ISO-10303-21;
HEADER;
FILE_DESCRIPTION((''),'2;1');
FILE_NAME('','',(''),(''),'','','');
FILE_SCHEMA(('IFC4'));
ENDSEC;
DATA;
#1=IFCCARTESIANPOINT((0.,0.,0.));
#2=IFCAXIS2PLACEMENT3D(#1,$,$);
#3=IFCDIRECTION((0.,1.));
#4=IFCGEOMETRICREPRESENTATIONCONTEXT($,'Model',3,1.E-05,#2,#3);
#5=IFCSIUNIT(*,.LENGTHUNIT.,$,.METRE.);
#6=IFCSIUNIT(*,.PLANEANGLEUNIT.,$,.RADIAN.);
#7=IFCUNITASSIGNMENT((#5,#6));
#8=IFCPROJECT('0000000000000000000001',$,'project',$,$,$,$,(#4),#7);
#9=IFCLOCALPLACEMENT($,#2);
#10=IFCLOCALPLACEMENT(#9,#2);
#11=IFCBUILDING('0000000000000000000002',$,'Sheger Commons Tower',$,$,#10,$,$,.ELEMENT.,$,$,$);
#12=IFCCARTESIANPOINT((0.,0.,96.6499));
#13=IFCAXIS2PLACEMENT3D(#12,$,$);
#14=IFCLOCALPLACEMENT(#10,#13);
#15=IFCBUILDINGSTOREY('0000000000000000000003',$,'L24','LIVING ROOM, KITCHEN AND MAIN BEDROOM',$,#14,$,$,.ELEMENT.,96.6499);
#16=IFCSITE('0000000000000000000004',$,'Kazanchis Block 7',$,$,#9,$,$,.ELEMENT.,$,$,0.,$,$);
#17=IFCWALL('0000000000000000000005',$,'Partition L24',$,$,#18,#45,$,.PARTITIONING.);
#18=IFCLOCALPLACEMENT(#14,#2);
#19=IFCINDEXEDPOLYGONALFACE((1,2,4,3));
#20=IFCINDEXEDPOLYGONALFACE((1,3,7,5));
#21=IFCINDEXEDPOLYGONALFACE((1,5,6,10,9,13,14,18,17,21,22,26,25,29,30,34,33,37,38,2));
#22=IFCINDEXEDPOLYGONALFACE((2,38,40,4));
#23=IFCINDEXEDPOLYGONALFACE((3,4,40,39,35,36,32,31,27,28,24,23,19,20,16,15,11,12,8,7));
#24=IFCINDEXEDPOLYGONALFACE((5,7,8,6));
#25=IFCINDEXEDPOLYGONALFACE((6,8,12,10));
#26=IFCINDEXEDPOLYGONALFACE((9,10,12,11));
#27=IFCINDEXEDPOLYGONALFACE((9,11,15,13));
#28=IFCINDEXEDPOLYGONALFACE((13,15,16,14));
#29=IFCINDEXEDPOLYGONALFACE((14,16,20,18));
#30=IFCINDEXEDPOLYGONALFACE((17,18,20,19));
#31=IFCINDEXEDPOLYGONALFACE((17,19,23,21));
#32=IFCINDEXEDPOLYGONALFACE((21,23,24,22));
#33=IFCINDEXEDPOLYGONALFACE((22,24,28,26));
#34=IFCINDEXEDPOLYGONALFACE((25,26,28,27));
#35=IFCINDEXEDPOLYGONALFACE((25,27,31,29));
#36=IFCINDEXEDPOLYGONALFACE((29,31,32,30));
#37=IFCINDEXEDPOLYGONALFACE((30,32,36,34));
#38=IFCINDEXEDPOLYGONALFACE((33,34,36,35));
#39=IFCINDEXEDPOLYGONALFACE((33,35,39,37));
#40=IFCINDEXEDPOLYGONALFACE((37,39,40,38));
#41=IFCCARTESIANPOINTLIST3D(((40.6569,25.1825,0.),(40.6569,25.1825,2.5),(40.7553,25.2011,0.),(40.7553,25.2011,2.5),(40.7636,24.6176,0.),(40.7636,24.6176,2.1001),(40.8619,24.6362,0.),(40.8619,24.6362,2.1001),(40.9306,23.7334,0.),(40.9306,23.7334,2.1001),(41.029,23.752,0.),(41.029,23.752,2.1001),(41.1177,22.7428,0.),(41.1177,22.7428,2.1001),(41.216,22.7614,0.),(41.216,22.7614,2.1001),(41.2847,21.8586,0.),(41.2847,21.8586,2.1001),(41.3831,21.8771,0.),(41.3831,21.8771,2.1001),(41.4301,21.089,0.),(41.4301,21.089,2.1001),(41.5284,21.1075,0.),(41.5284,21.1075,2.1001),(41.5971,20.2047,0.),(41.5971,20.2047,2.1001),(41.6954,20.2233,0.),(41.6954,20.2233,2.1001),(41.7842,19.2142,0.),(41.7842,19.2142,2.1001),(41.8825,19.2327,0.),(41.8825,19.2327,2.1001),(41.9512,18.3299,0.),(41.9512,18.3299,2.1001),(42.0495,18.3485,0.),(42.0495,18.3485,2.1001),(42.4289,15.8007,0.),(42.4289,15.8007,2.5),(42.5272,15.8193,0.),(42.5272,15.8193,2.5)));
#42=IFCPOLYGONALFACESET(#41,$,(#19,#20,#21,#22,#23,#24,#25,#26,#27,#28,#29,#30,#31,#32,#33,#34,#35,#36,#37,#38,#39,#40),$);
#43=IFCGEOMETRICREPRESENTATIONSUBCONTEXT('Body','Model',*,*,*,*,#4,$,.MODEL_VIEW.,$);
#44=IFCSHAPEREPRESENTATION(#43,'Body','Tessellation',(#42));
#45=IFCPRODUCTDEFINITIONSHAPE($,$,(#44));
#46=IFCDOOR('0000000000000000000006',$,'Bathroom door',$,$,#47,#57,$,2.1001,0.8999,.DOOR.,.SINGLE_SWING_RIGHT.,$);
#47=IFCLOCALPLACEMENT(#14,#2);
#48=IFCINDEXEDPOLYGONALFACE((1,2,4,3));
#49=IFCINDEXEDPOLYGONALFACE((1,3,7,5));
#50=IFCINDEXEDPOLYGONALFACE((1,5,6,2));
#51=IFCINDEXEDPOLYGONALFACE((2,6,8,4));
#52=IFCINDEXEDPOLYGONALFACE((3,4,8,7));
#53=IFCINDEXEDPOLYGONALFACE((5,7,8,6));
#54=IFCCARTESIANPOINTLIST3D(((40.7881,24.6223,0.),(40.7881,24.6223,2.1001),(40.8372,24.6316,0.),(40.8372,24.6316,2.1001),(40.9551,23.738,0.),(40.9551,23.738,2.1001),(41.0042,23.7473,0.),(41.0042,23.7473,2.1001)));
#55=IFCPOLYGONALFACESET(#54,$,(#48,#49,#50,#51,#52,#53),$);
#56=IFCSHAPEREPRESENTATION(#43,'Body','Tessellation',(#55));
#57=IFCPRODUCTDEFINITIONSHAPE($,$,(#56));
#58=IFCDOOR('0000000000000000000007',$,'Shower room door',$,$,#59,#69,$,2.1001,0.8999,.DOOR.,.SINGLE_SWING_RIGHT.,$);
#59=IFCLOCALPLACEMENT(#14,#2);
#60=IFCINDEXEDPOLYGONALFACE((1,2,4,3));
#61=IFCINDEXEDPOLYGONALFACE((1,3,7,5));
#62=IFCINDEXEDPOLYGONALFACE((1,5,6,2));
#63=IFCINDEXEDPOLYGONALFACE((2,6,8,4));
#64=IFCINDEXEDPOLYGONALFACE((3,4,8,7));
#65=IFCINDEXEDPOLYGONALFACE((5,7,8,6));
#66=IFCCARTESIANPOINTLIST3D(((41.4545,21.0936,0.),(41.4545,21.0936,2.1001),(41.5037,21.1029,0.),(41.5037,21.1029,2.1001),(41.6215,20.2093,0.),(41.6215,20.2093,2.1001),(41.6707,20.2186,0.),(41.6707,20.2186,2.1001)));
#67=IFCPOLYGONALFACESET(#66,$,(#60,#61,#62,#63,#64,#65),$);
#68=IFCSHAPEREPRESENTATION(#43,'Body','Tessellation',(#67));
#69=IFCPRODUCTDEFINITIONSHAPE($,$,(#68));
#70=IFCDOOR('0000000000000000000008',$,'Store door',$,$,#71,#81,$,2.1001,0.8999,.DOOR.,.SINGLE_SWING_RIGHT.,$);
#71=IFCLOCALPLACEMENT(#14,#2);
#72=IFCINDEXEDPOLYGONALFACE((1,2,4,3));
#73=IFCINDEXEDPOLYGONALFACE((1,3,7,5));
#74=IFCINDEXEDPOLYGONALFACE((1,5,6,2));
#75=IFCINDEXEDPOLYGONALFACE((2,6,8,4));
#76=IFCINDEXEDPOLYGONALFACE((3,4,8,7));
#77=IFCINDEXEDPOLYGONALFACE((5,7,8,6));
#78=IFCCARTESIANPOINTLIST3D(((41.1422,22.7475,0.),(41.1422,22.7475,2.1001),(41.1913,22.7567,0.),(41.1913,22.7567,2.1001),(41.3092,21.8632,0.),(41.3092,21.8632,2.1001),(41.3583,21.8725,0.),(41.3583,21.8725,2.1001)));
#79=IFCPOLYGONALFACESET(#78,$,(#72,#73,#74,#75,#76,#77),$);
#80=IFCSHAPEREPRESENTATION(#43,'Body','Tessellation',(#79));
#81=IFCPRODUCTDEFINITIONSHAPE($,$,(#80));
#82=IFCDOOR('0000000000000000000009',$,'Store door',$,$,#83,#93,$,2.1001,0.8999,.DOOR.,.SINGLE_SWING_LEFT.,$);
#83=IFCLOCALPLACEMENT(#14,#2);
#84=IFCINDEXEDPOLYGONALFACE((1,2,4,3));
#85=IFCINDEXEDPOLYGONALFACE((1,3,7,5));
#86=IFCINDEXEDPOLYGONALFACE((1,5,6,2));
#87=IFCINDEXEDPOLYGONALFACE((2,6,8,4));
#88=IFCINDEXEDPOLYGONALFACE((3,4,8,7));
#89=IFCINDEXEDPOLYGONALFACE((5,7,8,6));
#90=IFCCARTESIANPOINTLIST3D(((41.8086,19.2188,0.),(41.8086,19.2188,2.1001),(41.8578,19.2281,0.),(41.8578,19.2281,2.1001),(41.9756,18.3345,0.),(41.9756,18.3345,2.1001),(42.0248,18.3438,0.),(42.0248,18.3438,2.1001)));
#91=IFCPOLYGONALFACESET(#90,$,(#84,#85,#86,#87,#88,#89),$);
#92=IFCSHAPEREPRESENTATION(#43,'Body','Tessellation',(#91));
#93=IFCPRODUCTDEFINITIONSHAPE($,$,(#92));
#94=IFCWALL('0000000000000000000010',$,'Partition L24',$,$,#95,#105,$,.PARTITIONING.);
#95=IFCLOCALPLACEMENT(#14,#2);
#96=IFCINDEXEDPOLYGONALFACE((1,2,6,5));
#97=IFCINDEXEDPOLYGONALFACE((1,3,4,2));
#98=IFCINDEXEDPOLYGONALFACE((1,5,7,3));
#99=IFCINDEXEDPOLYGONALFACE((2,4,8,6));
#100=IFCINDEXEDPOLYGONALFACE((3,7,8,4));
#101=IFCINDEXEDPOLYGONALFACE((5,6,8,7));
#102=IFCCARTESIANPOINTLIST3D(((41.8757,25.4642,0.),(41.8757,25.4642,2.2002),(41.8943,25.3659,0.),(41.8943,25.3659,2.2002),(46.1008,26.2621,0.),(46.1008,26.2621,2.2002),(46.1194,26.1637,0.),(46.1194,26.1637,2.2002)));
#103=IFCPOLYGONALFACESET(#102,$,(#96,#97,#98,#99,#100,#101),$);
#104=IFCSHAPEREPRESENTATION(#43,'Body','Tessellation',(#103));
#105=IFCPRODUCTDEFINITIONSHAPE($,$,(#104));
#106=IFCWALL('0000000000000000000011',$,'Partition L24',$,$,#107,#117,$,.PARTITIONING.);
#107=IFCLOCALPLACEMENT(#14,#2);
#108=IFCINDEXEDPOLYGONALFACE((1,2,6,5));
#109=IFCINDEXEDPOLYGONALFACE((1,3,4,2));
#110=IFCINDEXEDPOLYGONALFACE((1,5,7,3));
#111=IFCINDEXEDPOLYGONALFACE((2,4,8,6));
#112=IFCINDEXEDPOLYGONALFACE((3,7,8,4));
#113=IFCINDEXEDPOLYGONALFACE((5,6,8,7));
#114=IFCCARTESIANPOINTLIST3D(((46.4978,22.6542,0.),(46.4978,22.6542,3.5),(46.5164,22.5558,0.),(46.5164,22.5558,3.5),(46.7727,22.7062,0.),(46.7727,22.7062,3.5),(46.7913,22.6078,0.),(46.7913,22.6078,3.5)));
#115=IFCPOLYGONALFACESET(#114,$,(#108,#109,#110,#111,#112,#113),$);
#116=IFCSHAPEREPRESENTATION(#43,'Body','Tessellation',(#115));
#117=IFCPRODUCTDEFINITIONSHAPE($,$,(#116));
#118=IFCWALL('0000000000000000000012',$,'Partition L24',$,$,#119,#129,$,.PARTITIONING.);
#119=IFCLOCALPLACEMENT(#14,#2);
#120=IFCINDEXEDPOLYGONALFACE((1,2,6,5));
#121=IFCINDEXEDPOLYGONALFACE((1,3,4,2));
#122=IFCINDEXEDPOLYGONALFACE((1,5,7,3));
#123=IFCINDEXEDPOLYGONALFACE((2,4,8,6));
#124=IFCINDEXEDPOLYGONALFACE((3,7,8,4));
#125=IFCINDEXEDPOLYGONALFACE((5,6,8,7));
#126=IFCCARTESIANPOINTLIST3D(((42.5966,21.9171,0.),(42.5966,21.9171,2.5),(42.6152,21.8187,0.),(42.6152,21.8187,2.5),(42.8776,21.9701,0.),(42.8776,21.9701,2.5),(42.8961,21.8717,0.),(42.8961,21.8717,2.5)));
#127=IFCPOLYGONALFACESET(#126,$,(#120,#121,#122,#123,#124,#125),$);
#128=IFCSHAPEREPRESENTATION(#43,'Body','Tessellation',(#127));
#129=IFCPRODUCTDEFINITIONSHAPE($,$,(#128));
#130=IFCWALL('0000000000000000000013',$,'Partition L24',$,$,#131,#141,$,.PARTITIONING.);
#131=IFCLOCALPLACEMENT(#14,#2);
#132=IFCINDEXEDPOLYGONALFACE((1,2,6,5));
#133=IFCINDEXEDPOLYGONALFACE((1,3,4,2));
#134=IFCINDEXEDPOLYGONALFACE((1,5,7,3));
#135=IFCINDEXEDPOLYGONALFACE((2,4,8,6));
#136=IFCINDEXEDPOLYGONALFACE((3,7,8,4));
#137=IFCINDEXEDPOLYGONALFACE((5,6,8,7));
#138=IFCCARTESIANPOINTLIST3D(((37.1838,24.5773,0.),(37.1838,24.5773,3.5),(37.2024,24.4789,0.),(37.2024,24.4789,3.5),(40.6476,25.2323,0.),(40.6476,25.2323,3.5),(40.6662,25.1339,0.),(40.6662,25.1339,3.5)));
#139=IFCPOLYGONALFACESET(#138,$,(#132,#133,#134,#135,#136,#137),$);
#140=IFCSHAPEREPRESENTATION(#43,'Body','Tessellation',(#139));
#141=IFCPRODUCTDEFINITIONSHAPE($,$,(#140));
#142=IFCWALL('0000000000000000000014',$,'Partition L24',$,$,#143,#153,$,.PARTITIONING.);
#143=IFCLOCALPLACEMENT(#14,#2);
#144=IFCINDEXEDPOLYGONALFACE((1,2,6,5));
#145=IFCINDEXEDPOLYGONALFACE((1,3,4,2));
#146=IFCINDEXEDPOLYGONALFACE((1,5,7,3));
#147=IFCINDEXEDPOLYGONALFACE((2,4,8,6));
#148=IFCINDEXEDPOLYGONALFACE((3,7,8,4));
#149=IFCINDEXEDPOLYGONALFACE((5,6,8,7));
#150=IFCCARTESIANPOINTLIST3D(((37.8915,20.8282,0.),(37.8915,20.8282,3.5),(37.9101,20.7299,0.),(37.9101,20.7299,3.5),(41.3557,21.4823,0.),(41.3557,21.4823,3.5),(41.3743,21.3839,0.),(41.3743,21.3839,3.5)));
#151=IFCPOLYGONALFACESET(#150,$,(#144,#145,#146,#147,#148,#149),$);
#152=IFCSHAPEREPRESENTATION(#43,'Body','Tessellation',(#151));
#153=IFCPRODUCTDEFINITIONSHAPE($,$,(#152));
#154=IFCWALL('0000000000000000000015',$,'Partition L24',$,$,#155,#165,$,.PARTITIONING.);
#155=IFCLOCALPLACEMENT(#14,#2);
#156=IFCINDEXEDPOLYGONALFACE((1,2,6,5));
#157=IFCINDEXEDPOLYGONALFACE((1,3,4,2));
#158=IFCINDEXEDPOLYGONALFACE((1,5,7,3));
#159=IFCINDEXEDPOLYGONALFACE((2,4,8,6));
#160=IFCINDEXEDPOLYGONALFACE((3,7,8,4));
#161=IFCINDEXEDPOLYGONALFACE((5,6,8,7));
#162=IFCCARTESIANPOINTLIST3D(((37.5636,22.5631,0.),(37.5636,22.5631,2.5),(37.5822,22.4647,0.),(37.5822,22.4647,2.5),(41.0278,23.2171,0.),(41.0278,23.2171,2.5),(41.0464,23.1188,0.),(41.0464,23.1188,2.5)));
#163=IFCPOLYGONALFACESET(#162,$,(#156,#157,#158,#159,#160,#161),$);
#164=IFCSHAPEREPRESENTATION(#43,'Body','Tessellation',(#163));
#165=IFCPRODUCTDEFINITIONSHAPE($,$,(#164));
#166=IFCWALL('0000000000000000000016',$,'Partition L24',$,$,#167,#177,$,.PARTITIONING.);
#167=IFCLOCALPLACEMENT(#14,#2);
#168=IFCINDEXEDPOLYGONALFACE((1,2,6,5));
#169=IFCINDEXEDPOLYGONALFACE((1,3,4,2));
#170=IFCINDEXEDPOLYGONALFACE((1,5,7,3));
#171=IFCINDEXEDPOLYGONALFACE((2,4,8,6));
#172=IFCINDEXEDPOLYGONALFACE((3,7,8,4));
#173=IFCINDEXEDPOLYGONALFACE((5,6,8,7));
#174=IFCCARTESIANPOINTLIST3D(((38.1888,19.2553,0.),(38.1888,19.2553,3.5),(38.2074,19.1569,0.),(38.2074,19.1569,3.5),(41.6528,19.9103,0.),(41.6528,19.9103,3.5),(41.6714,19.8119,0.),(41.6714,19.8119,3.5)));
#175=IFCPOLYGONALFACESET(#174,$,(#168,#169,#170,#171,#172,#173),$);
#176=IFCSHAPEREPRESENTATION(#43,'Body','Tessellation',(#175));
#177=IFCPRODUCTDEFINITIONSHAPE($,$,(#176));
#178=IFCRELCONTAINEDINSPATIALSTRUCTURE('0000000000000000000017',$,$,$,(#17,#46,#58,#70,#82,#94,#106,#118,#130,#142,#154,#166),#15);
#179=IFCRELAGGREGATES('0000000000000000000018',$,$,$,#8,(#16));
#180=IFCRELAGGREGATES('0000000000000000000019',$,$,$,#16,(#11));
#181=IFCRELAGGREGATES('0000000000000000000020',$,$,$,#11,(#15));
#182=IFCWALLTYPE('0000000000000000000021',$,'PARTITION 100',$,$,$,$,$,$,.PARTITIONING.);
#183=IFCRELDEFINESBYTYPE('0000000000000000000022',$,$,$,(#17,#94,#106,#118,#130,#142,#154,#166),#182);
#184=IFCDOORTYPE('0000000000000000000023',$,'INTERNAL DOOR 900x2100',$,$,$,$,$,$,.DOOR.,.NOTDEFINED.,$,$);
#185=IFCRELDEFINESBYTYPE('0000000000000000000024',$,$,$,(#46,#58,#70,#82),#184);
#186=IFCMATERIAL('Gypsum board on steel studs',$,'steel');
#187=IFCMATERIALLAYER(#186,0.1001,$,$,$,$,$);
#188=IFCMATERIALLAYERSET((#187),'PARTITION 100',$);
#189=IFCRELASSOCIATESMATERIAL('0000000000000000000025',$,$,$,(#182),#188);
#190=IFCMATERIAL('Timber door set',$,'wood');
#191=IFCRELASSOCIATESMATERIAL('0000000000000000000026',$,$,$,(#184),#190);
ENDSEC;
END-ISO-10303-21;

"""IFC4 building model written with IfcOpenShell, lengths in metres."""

from ifc_helpers import new_model, si_unit, direction, frame, frame_2d, origin, place, context, subcontext, project, spatial, rectangle, extrude, material, layer, layer_set, type_object, element, fill, save


model = new_model("IFC4")

# Units and contexts
model_context = context("Model", 3, precision=1e-05, world=origin(), true_north=direction((0.0, 1.0)))
body_context = subcontext(model_context, "Body", "Model", "MODEL_VIEW")
ifc_project = project(units=[si_unit("LENGTHUNIT", "METRE"), si_unit("PLANEANGLEUNIT", "RADIAN")], contexts=[model_context])

# Site, building, storey
site_placement = place(None, origin())
site = spatial("IfcSite", under=ifc_project, at=site_placement, Name="Kazanchis Block 7", CompositionType="ELEMENT", RefElevation=0.0)
building_placement = place(site_placement, origin())
building = spatial("IfcBuilding", under=site, at=building_placement, Name="Sheger Commons Tower", CompositionType="ELEMENT")
storey_placement = place(building_placement, frame((0.0, 0.0, 96.6499)))
storey = spatial("IfcBuildingStorey", under=building, at=storey_placement, Name="L24", Description="LIVING ROOM, KITCHEN AND MAIN BEDROOM", CompositionType="ELEMENT", Elevation=96.6499)

# Wall, openings, doors
ifc_material_1 = material(Name="Gypsum board on steel studs", Category="steel")
ifc_layer = layer(ifc_material_1, 0.1001)
ifc_layer_set = layer_set([ifc_layer], Name="PARTITION 100")
wall_type = type_object("IfcWallType", Name="PARTITION 100", PredefinedType="PARTITIONING", material=ifc_layer_set)
ifc_material_2 = material(Name="Timber door set", Category="wood")
door_type = type_object("IfcDoorType", Name="INTERNAL DOOR 900x2100", OperationType="NOTDEFINED", PredefinedType="DOOR", material=ifc_material_2)
wall_1_placement = place(storey_placement, frame((40.7061, 25.1919, 0.0), z_axis=(0.0, 0.0, 1.0), x_axis=(0.185591, -0.982627, 0.0)))
wall_1 = element("IfcWall", 1, at=wall_1_placement, inside=storey, type_object=wall_type, Name="Partition L24", PredefinedType="PARTITIONING", context=body_context, shape_type="SweptSolid", body=[
    extrude(rectangle(XDim=9.5476, YDim=0.1001, at=frame_2d((4.7739, 0.0))), origin(), (0.0, 0.0, 1.0), 2.5),
])
opening_1_placement = place(wall_1_placement, frame((0.575, 0.0, 0.0)))
opening_1 = element("IfcOpeningElement", 2, at=opening_1_placement, cuts=wall_1, PredefinedType="OPENING", context=body_context, shape_type="SweptSolid", body=[
    extrude(rectangle(XDim=0.8999, YDim=2.1001, at=frame_2d((0.45, 1.05))), frame((0.0, 0.0601, 0.0), z_axis=(0.0, -1.0, 0.0), x_axis=(1.0, 0.0, 0.0)), (0.0, 0.0, 1.0), 0.1201),
])
opening_2_placement = place(wall_1_placement, frame((4.166, 0.0, 0.0)))
opening_2 = element("IfcOpeningElement", 3, at=opening_2_placement, cuts=wall_1, PredefinedType="OPENING", context=body_context, shape_type="SweptSolid", body=[
    extrude(rectangle(XDim=0.8999, YDim=2.1001, at=frame_2d((0.45, 1.05))), frame((0.0, 0.0601, 0.0), z_axis=(0.0, -1.0, 0.0), x_axis=(1.0, 0.0, 0.0)), (0.0, 0.0, 1.0), 0.1201),
])
opening_3_placement = place(wall_1_placement, frame((2.4829, 0.0, 0.0)))
opening_3 = element("IfcOpeningElement", 4, at=opening_3_placement, cuts=wall_1, PredefinedType="OPENING", context=body_context, shape_type="SweptSolid", body=[
    extrude(rectangle(XDim=0.8999, YDim=2.1001, at=frame_2d((0.45, 1.05))), frame((0.0, 0.0601, 0.0), z_axis=(0.0, -1.0, 0.0), x_axis=(1.0, 0.0, 0.0)), (0.0, 0.0, 1.0), 0.1201),
])
opening_4_placement = place(wall_1_placement, frame((6.074, 0.0, 0.0)))
opening_4 = element("IfcOpeningElement", 5, at=opening_4_placement, cuts=wall_1, PredefinedType="OPENING", context=body_context, shape_type="SweptSolid", body=[
    extrude(rectangle(XDim=0.8999, YDim=2.1001, at=frame_2d((0.45, 1.05))), frame((0.0, 0.0601, 0.0), z_axis=(0.0, -1.0, 0.0), x_axis=(1.0, 0.0, 0.0)), (0.0, 0.0, 1.0), 0.1201),
])
door_1_placement = place(opening_1_placement, origin())
door_1 = element("IfcDoor", 6, at=door_1_placement, inside=storey, type_object=door_type, Name="Bathroom door", OperationType="SINGLE_SWING_RIGHT", OverallHeight=2.1001, OverallWidth=0.8999, PredefinedType="DOOR", context=body_context, shape_type="SweptSolid", body=[
    extrude(rectangle(XDim=0.8999, YDim=2.1001, at=frame_2d((0.45, 1.05))), frame((0.0, 0.0249, 0.0), z_axis=(0.0, -1.0, 0.0), x_axis=(1.0, 0.0, 0.0)), (0.0, 0.0, 1.0), 0.05),
])
fill(opening_1, door_1)
door_2_placement = place(opening_2_placement, origin())
door_2 = element("IfcDoor", 7, at=door_2_placement, inside=storey, type_object=door_type, Name="Shower room door", OperationType="SINGLE_SWING_RIGHT", OverallHeight=2.1001, OverallWidth=0.8999, PredefinedType="DOOR", context=body_context, shape_type="SweptSolid", body=[
    extrude(rectangle(XDim=0.8999, YDim=2.1001, at=frame_2d((0.45, 1.05))), frame((0.0, 0.0249, 0.0), z_axis=(0.0, -1.0, 0.0), x_axis=(1.0, 0.0, 0.0)), (0.0, 0.0, 1.0), 0.05),
])
fill(opening_2, door_2)
door_3_placement = place(opening_3_placement, origin())
door_3 = element("IfcDoor", 8, at=door_3_placement, inside=storey, type_object=door_type, Name="Store door", OperationType="SINGLE_SWING_RIGHT", OverallHeight=2.1001, OverallWidth=0.8999, PredefinedType="DOOR", context=body_context, shape_type="SweptSolid", body=[
    extrude(rectangle(XDim=0.8999, YDim=2.1001, at=frame_2d((0.45, 1.05))), frame((0.0, 0.0249, 0.0), z_axis=(0.0, -1.0, 0.0), x_axis=(1.0, 0.0, 0.0)), (0.0, 0.0, 1.0), 0.05),
])
fill(opening_3, door_3)
door_4_placement = place(opening_4_placement, origin())
door_4 = element("IfcDoor", 9, at=door_4_placement, inside=storey, type_object=door_type, Name="Store door", OperationType="SINGLE_SWING_LEFT", OverallHeight=2.1001, OverallWidth=0.8999, PredefinedType="DOOR", context=body_context, shape_type="SweptSolid", body=[
    extrude(rectangle(XDim=0.8999, YDim=2.1001, at=frame_2d((0.45, 1.05))), frame((0.0, 0.0249, 0.0), z_axis=(0.0, -1.0, 0.0), x_axis=(1.0, 0.0, 0.0)), (0.0, 0.0, 1.0), 0.05),
])
fill(opening_4, door_4)

# Walls
wall_2_placement = place(storey_placement, frame((46.1101, 26.2129, 0.0), z_axis=(0.0, 0.0, 1.0), x_axis=(-0.982634, -0.185557, 0.0)))
element("IfcWall", 10, at=wall_2_placement, inside=storey, type_object=wall_type, Name="Partition L24", PredefinedType="PARTITIONING", context=body_context, shape_type="SweptSolid", body=[
    extrude(rectangle(XDim=4.2998, YDim=0.1001, at=frame_2d((2.1499, 0.0))), origin(), (0.0, 0.0, 1.0), 2.2002),
])
wall_3_placement = place(storey_placement, frame((46.782, 22.657, 0.0), z_axis=(0.0, 0.0, 1.0), x_axis=(-0.982575, -0.185869, 0.0)))
element("IfcWall", 11, at=wall_3_placement, inside=storey, type_object=wall_type, Name="Partition L24", PredefinedType="PARTITIONING", context=body_context, shape_type="SweptSolid", body=[
    extrude(rectangle(XDim=0.2798, YDim=0.1001, at=frame_2d((0.1399, 0.0))), origin(), (0.0, 0.0, 1.0), 3.5),
])
wall_4_placement = place(storey_placement, frame((42.887, 21.9209, 0.0), z_axis=(0.0, 0.0, 1.0), x_axis=(-0.982688, -0.185268, 0.0)))
element("IfcWall", 12, at=wall_4_placement, inside=storey, type_object=wall_type, Name="Partition L24", PredefinedType="PARTITIONING", context=body_context, shape_type="SweptSolid", body=[
    extrude(rectangle(XDim=0.2859, YDim=0.1001, at=frame_2d((0.1431, 0.0))), origin(), (0.0, 0.0, 1.0), 2.5),
])
wall_5_placement = place(storey_placement, frame((40.657, 25.1831, 0.0), z_axis=(0.0, 0.0, 1.0), x_axis=(-0.982586, -0.18581, 0.0)))
element("IfcWall", 13, at=wall_5_placement, inside=storey, type_object=wall_type, Name="Partition L24", PredefinedType="PARTITIONING", context=body_context, shape_type="SweptSolid", body=[
    extrude(rectangle(XDim=3.5251, YDim=0.1001, at=frame_2d((1.7627, 0.0))), origin(), (0.0, 0.0, 1.0), 3.5),
])
wall_6_placement = place(storey_placement, frame((41.365, 21.4331, 0.0), z_axis=(0.0, 0.0, 1.0), x_axis=(-0.982639, -0.18553, 0.0)))
element("IfcWall", 14, at=wall_6_placement, inside=storey, type_object=wall_type, Name="Partition L24", PredefinedType="PARTITIONING", context=body_context, shape_type="SweptSolid", body=[
    extrude(rectangle(XDim=3.5254, YDim=0.1001, at=frame_2d((1.7627, 0.0))), origin(), (0.0, 0.0, 1.0), 3.5),
])
wall_7_placement = place(storey_placement, frame((41.0371, 23.168, 0.0), z_axis=(0.0, 0.0, 1.0), x_axis=(-0.982639, -0.18553, 0.0)))
element("IfcWall", 15, at=wall_7_placement, inside=storey, type_object=wall_type, Name="Partition L24", PredefinedType="PARTITIONING", context=body_context, shape_type="SweptSolid", body=[
    extrude(rectangle(XDim=3.5254, YDim=0.1001, at=frame_2d((1.7627, 0.0))), origin(), (0.0, 0.0, 1.0), 2.5),
])
wall_8_placement = place(storey_placement, frame((41.6621, 19.8611, 0.0), z_axis=(0.0, 0.0, 1.0), x_axis=(-0.982588, -0.185798, 0.0)))
element("IfcWall", 16, at=wall_8_placement, inside=storey, type_object=wall_type, Name="Partition L24", PredefinedType="PARTITIONING", context=body_context, shape_type="SweptSolid", body=[
    extrude(rectangle(XDim=3.5254, YDim=0.1001, at=frame_2d((1.7627, 0.0))), origin(), (0.0, 0.0, 1.0), 3.5),
])

save(model, "model.ifc")
